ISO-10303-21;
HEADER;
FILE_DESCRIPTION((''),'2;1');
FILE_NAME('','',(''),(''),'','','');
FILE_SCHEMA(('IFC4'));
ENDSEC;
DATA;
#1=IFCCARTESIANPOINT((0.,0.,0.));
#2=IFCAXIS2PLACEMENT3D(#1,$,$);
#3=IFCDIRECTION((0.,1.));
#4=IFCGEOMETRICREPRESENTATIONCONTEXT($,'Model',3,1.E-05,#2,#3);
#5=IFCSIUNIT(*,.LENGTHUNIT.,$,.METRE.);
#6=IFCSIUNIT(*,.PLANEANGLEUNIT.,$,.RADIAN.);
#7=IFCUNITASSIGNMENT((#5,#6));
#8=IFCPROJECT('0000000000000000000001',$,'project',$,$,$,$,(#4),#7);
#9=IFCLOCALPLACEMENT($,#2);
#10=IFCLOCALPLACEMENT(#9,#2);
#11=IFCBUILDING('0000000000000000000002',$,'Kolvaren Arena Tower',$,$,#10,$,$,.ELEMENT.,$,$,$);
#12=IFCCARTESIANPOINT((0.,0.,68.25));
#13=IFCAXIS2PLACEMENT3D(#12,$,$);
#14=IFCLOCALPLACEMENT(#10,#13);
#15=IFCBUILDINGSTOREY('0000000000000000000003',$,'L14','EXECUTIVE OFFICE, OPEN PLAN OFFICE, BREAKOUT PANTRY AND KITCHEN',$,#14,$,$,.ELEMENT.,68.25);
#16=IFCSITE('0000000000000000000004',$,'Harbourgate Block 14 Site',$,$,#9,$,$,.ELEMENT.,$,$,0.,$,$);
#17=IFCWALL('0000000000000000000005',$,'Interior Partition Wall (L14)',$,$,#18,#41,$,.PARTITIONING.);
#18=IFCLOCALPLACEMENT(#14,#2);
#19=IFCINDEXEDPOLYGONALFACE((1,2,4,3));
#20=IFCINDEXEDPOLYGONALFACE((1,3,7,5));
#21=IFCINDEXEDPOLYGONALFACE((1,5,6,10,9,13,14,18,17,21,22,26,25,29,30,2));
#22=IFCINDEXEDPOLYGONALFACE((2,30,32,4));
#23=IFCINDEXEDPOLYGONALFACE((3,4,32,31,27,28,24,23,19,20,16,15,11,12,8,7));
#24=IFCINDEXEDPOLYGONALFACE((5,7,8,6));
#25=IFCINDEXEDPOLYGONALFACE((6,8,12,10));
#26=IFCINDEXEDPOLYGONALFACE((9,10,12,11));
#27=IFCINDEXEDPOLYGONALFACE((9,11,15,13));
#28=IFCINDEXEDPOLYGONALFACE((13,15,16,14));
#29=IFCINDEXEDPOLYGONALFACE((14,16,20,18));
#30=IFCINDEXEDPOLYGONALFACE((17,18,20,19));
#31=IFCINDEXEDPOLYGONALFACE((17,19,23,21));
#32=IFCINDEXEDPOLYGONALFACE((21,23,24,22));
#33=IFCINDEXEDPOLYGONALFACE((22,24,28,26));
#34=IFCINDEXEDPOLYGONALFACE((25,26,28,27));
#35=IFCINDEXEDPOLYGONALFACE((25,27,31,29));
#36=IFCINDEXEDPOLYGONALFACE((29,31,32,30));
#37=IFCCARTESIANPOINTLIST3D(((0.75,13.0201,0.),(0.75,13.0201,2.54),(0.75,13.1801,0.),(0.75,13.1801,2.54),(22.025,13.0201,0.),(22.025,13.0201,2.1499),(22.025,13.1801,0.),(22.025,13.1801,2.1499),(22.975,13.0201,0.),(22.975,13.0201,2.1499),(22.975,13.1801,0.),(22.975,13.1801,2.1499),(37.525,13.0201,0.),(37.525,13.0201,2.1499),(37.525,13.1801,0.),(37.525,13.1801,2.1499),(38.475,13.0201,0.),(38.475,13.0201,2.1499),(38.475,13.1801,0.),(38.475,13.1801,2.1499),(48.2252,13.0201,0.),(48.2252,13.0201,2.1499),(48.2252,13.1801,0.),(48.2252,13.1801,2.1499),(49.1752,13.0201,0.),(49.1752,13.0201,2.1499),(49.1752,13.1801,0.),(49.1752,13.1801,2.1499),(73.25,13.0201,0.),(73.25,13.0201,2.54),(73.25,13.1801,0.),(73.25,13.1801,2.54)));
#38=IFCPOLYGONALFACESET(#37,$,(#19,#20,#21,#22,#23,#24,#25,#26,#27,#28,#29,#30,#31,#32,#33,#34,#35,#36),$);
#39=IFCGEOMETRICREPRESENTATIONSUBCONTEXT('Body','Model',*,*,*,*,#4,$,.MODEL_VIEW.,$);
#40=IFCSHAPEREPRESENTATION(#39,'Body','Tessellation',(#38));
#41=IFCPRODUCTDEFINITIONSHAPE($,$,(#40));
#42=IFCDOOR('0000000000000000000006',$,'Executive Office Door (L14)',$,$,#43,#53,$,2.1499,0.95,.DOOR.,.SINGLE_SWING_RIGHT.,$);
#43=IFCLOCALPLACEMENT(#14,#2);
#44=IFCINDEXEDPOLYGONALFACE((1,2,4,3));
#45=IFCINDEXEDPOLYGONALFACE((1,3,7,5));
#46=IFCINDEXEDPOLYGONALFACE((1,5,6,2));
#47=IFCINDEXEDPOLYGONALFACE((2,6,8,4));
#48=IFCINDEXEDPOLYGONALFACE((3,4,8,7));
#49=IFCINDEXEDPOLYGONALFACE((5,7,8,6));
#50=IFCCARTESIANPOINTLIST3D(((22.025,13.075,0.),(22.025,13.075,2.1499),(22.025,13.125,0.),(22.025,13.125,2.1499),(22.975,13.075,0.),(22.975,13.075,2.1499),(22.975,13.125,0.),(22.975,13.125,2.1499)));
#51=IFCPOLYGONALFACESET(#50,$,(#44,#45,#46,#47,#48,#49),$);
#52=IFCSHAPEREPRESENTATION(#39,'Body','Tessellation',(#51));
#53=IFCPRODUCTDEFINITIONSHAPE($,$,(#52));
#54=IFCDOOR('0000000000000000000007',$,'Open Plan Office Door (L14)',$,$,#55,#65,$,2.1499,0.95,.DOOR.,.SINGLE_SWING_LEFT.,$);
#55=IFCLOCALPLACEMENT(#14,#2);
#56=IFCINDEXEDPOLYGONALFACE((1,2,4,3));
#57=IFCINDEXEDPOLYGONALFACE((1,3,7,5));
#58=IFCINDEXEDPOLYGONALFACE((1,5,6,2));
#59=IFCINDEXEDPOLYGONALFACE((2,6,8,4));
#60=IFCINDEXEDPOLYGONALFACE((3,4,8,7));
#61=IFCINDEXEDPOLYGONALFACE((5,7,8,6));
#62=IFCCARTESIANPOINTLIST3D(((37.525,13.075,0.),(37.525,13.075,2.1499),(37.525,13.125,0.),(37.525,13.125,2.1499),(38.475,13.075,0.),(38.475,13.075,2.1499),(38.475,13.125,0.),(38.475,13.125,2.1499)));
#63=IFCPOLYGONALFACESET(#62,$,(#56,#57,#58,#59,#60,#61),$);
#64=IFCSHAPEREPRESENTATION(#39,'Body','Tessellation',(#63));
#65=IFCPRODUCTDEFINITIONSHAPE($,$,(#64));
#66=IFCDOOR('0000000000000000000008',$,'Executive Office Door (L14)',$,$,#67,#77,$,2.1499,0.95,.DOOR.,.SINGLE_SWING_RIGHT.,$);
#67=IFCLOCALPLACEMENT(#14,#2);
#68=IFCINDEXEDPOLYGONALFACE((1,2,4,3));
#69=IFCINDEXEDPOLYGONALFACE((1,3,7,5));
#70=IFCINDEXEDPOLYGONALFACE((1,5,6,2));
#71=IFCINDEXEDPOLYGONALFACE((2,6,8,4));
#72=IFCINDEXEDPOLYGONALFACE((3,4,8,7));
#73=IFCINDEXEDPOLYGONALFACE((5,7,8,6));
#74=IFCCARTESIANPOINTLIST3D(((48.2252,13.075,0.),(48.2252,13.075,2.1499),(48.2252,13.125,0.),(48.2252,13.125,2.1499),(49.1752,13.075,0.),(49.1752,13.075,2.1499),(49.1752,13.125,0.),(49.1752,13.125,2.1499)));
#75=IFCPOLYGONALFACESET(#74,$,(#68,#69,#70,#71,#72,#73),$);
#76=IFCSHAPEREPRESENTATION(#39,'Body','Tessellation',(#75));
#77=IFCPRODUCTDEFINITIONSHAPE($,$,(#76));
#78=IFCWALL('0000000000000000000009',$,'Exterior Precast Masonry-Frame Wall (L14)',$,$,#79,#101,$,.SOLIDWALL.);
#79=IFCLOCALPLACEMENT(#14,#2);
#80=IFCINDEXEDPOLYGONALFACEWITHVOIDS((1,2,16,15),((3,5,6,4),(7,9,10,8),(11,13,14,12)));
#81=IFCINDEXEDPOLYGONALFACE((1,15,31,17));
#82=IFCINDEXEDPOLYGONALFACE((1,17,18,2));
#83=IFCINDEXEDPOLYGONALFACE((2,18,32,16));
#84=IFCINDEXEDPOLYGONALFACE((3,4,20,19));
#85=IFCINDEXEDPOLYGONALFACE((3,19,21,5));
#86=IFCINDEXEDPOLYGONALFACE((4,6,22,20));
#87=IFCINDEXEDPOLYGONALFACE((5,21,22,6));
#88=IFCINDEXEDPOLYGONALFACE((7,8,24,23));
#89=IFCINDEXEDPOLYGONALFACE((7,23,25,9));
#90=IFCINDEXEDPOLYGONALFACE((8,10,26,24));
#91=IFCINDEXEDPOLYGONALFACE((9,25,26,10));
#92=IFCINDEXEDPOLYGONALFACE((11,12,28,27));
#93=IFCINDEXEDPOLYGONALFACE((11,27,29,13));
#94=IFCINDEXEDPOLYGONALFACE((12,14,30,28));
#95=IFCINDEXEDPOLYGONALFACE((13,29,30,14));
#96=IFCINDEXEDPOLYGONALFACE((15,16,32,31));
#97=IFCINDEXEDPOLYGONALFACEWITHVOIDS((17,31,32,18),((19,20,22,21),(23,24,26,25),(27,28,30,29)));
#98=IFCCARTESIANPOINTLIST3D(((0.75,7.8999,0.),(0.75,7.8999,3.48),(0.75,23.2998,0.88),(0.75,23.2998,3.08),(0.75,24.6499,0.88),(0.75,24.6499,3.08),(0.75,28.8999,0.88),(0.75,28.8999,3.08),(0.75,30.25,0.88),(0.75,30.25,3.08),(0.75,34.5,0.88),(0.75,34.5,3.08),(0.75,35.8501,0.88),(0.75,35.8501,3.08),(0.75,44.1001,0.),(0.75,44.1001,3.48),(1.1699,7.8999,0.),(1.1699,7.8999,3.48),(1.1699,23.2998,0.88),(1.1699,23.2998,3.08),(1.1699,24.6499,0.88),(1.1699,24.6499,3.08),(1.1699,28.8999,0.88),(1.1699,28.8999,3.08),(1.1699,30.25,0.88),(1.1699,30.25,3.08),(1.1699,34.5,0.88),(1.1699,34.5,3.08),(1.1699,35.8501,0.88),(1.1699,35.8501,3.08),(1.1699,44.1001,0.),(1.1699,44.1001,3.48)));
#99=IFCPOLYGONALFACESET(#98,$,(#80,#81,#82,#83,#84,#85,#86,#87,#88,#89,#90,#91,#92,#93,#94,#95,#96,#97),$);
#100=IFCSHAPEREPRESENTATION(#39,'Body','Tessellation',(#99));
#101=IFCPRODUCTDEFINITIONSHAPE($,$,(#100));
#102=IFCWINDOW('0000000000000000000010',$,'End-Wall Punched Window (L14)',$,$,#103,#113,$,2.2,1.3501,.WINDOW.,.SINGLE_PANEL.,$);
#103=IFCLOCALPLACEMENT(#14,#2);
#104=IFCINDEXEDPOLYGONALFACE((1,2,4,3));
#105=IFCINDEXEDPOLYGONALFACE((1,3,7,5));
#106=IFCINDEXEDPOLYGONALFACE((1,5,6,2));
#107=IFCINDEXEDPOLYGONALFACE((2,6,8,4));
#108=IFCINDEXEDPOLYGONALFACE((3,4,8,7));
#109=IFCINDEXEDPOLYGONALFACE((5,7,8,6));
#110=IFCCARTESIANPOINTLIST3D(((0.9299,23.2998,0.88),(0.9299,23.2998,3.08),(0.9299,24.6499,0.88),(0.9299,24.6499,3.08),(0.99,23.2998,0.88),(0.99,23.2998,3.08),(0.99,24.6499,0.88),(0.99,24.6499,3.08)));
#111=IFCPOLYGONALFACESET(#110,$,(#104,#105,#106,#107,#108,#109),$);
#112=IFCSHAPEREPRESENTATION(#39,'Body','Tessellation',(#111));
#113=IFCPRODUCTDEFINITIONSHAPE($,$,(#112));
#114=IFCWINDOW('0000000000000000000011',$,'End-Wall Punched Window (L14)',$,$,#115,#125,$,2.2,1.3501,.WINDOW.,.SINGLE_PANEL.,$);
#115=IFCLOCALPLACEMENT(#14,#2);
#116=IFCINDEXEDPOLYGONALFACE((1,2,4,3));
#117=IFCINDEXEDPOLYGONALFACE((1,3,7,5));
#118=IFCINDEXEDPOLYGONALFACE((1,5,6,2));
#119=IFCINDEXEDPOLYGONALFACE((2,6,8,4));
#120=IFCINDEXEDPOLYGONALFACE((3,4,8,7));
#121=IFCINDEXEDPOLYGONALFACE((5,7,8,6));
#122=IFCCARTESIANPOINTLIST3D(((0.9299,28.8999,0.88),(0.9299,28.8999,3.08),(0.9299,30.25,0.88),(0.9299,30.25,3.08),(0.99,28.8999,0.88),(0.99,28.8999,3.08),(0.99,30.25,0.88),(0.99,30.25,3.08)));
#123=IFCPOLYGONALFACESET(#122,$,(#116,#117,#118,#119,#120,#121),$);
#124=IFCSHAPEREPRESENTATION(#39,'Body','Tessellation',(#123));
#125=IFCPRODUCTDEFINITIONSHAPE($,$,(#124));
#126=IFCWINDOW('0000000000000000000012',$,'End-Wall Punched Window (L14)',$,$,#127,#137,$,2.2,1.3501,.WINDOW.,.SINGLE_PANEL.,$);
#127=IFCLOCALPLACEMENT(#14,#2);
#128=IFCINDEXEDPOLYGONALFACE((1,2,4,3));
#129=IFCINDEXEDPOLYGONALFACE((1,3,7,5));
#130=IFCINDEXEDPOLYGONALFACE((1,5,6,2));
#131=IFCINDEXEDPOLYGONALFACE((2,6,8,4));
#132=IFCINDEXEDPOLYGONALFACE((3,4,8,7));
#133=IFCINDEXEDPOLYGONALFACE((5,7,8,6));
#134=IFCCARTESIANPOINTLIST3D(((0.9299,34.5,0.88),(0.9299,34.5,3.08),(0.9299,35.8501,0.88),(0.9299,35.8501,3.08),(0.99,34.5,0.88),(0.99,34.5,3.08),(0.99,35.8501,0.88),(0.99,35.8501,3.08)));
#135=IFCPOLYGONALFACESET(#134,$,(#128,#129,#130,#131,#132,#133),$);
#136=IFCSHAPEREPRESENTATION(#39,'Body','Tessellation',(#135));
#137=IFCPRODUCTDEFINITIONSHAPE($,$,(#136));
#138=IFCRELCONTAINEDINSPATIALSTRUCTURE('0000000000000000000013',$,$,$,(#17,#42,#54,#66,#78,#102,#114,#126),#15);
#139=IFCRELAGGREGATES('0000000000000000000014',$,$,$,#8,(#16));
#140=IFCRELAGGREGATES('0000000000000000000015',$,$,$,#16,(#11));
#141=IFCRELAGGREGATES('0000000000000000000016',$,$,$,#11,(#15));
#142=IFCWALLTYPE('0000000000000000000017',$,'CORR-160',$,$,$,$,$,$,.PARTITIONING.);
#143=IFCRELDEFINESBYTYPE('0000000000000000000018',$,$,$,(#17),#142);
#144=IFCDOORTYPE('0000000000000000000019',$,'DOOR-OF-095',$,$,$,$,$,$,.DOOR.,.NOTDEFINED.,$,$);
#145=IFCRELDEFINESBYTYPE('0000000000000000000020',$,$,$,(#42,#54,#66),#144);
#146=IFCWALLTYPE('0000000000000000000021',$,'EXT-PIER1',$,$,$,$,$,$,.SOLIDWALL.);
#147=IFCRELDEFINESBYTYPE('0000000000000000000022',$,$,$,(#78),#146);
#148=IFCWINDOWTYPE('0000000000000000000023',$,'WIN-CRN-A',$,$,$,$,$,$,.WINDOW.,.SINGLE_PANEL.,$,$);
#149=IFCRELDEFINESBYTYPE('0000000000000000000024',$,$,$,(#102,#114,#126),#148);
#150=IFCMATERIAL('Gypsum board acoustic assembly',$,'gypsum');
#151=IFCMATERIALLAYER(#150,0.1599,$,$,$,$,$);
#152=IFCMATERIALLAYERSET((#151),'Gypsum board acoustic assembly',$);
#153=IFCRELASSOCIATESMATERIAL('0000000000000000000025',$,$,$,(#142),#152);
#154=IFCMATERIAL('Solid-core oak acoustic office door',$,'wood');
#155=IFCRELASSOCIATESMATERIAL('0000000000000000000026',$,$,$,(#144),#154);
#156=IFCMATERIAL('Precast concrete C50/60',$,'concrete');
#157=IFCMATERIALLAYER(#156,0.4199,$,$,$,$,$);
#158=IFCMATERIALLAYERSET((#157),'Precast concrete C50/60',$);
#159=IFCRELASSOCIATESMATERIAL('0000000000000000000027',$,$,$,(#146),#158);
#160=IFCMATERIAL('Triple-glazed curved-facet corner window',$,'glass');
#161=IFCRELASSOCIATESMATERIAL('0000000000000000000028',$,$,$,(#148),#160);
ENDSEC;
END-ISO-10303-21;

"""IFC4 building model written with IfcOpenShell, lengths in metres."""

from ifc_helpers import new_model, si_unit, direction, frame, frame_2d, origin, place, context, subcontext, project, spatial, rectangle, extrude, material, layer, layer_set, type_object, element, fill, save


model = new_model("IFC4")

# Units and contexts
model_context = context("Model", 3, precision=1e-05, world=origin(), true_north=direction((0.0, 1.0)))
body_context = subcontext(model_context, "Body", "Model", "MODEL_VIEW")
ifc_project = project(units=[si_unit("LENGTHUNIT", "METRE"), si_unit("PLANEANGLEUNIT", "RADIAN")], contexts=[model_context])

# Site, building, storey
site_placement = place(None, origin())
site = spatial("IfcSite", under=ifc_project, at=site_placement, Name="Harbourgate Block 14 Site", CompositionType="ELEMENT", RefElevation=0.0)
building_placement = place(site_placement, origin())
building = spatial("IfcBuilding", under=site, at=building_placement, Name="Kolvaren Arena Tower", CompositionType="ELEMENT")
storey_placement = place(building_placement, frame((0.0, 0.0, 68.25)))
storey = spatial("IfcBuildingStorey", under=building, at=storey_placement, Name="L14", Description="EXECUTIVE OFFICE, OPEN PLAN OFFICE, BREAKOUT PANTRY AND KITCHEN", CompositionType="ELEMENT", Elevation=68.25)

# Wall, openings, doors
ifc_material_1 = material(Name="Gypsum board acoustic assembly", Category="gypsum")
ifc_layer_1 = layer(ifc_material_1, 0.1599)
ifc_layer_set_1 = layer_set([ifc_layer_1], Name="Gypsum board acoustic assembly")
wall_type_1 = type_object("IfcWallType", Name="CORR-160", PredefinedType="PARTITIONING", material=ifc_layer_set_1)
wall_1_placement = place(storey_placement, frame((0.75, 13.1001, 0.0), z_axis=(0.0, 0.0, 1.0), x_axis=(1.0, 0.0, 0.0)))
wall_1 = element("IfcWall", 1, at=wall_1_placement, inside=storey, type_object=wall_type_1, Name="Interior Partition Wall (L14)", PredefinedType="PARTITIONING", context=body_context, shape_type="SweptSolid", body=[
    extrude(rectangle(XDim=72.5, YDim=0.1599, at=frame_2d((36.25, 0.0))), origin(), (0.0, 0.0, 1.0), 2.54),
])
opening_1_placement = place(wall_1_placement, frame((21.2749, 0.0, 0.0)))
opening_1 = element("IfcOpeningElement", 2, at=opening_1_placement, cuts=wall_1, PredefinedType="OPENING", context=body_context, shape_type="SweptSolid", body=[
    extrude(rectangle(XDim=0.95, YDim=2.1499, at=frame_2d((0.4751, 1.075))), frame((0.0, 0.0898, 0.0), z_axis=(0.0, -1.0, 0.0), x_axis=(1.0, 0.0, 0.0)), (0.0, 0.0, 1.0), 0.1799),
])
opening_2_placement = place(wall_1_placement, frame((36.7749, 0.0, 0.0)))
opening_2 = element("IfcOpeningElement", 3, at=opening_2_placement, cuts=wall_1, PredefinedType="OPENING", context=body_context, shape_type="SweptSolid", body=[
    extrude(rectangle(XDim=0.95, YDim=2.1499, at=frame_2d((0.4751, 1.075))), frame((0.0, 0.0898, 0.0), z_axis=(0.0, -1.0, 0.0), x_axis=(1.0, 0.0, 0.0)), (0.0, 0.0, 1.0), 0.1799),
])
opening_3_placement = place(wall_1_placement, frame((47.4751, 0.0, 0.0)))
opening_3 = element("IfcOpeningElement", 4, at=opening_3_placement, cuts=wall_1, PredefinedType="OPENING", context=body_context, shape_type="SweptSolid", body=[
    extrude(rectangle(XDim=0.95, YDim=2.1499, at=frame_2d((0.4751, 1.075))), frame((0.0, 0.0898, 0.0), z_axis=(0.0, -1.0, 0.0), x_axis=(1.0, 0.0, 0.0)), (0.0, 0.0, 1.0), 0.1799),
])
ifc_material_2 = material(Name="Solid-core oak acoustic office door", Category="wood")
door_type = type_object("IfcDoorType", Name="DOOR-OF-095", OperationType="NOTDEFINED", PredefinedType="DOOR", material=ifc_material_2)
door_1_placement = place(opening_1_placement, origin())
door_1 = element("IfcDoor", 5, at=door_1_placement, inside=storey, type_object=door_type, Name="Executive Office Door (L14)", OperationType="SINGLE_SWING_RIGHT", OverallHeight=2.1499, OverallWidth=0.95, PredefinedType="DOOR", context=body_context, shape_type="SweptSolid", body=[
    extrude(rectangle(XDim=0.95, YDim=2.1499, at=frame_2d((0.4751, 1.075))), frame((0.0, 0.0249, 0.0), z_axis=(0.0, -1.0, 0.0), x_axis=(1.0, 0.0, 0.0)), (0.0, 0.0, 1.0), 0.05),
])
fill(opening_1, door_1)
door_2_placement = place(opening_2_placement, origin())
door_2 = element("IfcDoor", 6, at=door_2_placement, inside=storey, type_object=door_type, Name="Open Plan Office Door (L14)", OperationType="SINGLE_SWING_LEFT", OverallHeight=2.1499, OverallWidth=0.95, PredefinedType="DOOR", context=body_context, shape_type="SweptSolid", body=[
    extrude(rectangle(XDim=0.95, YDim=2.1499, at=frame_2d((0.4751, 1.075))), frame((0.0, 0.0249, 0.0), z_axis=(0.0, -1.0, 0.0), x_axis=(1.0, 0.0, 0.0)), (0.0, 0.0, 1.0), 0.05),
])
fill(opening_2, door_2)
door_3_placement = place(opening_3_placement, origin())
door_3 = element("IfcDoor", 7, at=door_3_placement, inside=storey, type_object=door_type, Name="Executive Office Door (L14)", OperationType="SINGLE_SWING_RIGHT", OverallHeight=2.1499, OverallWidth=0.95, PredefinedType="DOOR", context=body_context, shape_type="SweptSolid", body=[
    extrude(rectangle(XDim=0.95, YDim=2.1499, at=frame_2d((0.4751, 1.075))), frame((0.0, 0.0249, 0.0), z_axis=(0.0, -1.0, 0.0), x_axis=(1.0, 0.0, 0.0)), (0.0, 0.0, 1.0), 0.05),
])
fill(opening_3, door_3)

# Wall, openings, windows
ifc_material_3 = material(Name="Precast concrete C50/60", Category="concrete")
ifc_layer_2 = layer(ifc_material_3, 0.4199)
ifc_layer_set_2 = layer_set([ifc_layer_2], Name="Precast concrete C50/60")
wall_type_2 = type_object("IfcWallType", Name="EXT-PIER1", PredefinedType="SOLIDWALL", material=ifc_layer_set_2)
wall_2_placement = place(storey_placement, frame((0.96, 7.8999, 0.0), z_axis=(0.0, 0.0, 1.0), x_axis=(0.0, 1.0, 0.0)))
wall_2 = element("IfcWall", 8, at=wall_2_placement, inside=storey, type_object=wall_type_2, Name="Exterior Precast Masonry-Frame Wall (L14)", PredefinedType="SOLIDWALL", context=body_context, shape_type="SweptSolid", body=[
    extrude(rectangle(XDim=36.2002, YDim=0.4199, at=frame_2d((18.1001, 0.0))), origin(), (0.0, 0.0, 1.0), 3.48),
])
opening_4_placement = place(wall_2_placement, frame((15.3999, 0.0, 0.8799)))
opening_4 = element("IfcOpeningElement", 9, at=opening_4_placement, cuts=wall_2, PredefinedType="OPENING", context=body_context, shape_type="SweptSolid", body=[
    extrude(rectangle(XDim=1.3501, YDim=2.2, at=frame_2d((0.675, 1.1001))), frame((0.0, 0.22, 0.0), z_axis=(0.0, -1.0, 0.0), x_axis=(1.0, 0.0, 0.0)), (0.0, 0.0, 1.0), 0.4399),
])
opening_5_placement = place(wall_2_placement, frame((21.0, 0.0, 0.8799)))
opening_5 = element("IfcOpeningElement", 10, at=opening_5_placement, cuts=wall_2, PredefinedType="OPENING", context=body_context, shape_type="SweptSolid", body=[
    extrude(rectangle(XDim=1.3501, YDim=2.2, at=frame_2d((0.675, 1.1001))), frame((0.0, 0.22, 0.0), z_axis=(0.0, -1.0, 0.0), x_axis=(1.0, 0.0, 0.0)), (0.0, 0.0, 1.0), 0.4399),
])
opening_6_placement = place(wall_2_placement, frame((26.6001, 0.0, 0.8799)))
opening_6 = element("IfcOpeningElement", 11, at=opening_6_placement, cuts=wall_2, PredefinedType="OPENING", context=body_context, shape_type="SweptSolid", body=[
    extrude(rectangle(XDim=1.3501, YDim=2.2, at=frame_2d((0.675, 1.1001))), frame((0.0, 0.22, 0.0), z_axis=(0.0, -1.0, 0.0), x_axis=(1.0, 0.0, 0.0)), (0.0, 0.0, 1.0), 0.4399),
])
ifc_material_4 = material(Name="Triple-glazed curved-facet corner window", Category="glass")
window_type = type_object("IfcWindowType", Name="WIN-CRN-A", PartitioningType="SINGLE_PANEL", PredefinedType="WINDOW", material=ifc_material_4)
window_1_placement = place(opening_4_placement, origin())
window_1 = element("IfcWindow", 12, at=window_1_placement, inside=storey, type_object=window_type, Name="End-Wall Punched Window (L14)", OverallHeight=2.2, OverallWidth=1.3501, PartitioningType="SINGLE_PANEL", PredefinedType="WINDOW", context=body_context, shape_type="SweptSolid", body=[
    extrude(rectangle(XDim=1.3501, YDim=2.2, at=frame_2d((0.675, 1.1001))), frame((0.0, 0.03, 0.0), z_axis=(0.0, -1.0, 0.0), x_axis=(1.0, 0.0, 0.0)), (0.0, 0.0, 1.0), 0.0601),
])
fill(opening_4, window_1)
window_2_placement = place(opening_5_placement, origin())
window_2 = element("IfcWindow", 13, at=window_2_placement, inside=storey, type_object=window_type, Name="End-Wall Punched Window (L14)", OverallHeight=2.2, OverallWidth=1.3501, PartitioningType="SINGLE_PANEL", PredefinedType="WINDOW", context=body_context, shape_type="SweptSolid", body=[
    extrude(rectangle(XDim=1.3501, YDim=2.2, at=frame_2d((0.675, 1.1001))), frame((0.0, 0.03, 0.0), z_axis=(0.0, -1.0, 0.0), x_axis=(1.0, 0.0, 0.0)), (0.0, 0.0, 1.0), 0.0601),
])
fill(opening_5, window_2)
window_3_placement = place(opening_6_placement, origin())
window_3 = element("IfcWindow", 14, at=window_3_placement, inside=storey, type_object=window_type, Name="End-Wall Punched Window (L14)", OverallHeight=2.2, OverallWidth=1.3501, PartitioningType="SINGLE_PANEL", PredefinedType="WINDOW", context=body_context, shape_type="SweptSolid", body=[
    extrude(rectangle(XDim=1.3501, YDim=2.2, at=frame_2d((0.675, 1.1001))), frame((0.0, 0.03, 0.0), z_axis=(0.0, -1.0, 0.0), x_axis=(1.0, 0.0, 0.0)), (0.0, 0.0, 1.0), 0.0601),
])
fill(opening_6, window_3)

save(model, "model.ifc")
